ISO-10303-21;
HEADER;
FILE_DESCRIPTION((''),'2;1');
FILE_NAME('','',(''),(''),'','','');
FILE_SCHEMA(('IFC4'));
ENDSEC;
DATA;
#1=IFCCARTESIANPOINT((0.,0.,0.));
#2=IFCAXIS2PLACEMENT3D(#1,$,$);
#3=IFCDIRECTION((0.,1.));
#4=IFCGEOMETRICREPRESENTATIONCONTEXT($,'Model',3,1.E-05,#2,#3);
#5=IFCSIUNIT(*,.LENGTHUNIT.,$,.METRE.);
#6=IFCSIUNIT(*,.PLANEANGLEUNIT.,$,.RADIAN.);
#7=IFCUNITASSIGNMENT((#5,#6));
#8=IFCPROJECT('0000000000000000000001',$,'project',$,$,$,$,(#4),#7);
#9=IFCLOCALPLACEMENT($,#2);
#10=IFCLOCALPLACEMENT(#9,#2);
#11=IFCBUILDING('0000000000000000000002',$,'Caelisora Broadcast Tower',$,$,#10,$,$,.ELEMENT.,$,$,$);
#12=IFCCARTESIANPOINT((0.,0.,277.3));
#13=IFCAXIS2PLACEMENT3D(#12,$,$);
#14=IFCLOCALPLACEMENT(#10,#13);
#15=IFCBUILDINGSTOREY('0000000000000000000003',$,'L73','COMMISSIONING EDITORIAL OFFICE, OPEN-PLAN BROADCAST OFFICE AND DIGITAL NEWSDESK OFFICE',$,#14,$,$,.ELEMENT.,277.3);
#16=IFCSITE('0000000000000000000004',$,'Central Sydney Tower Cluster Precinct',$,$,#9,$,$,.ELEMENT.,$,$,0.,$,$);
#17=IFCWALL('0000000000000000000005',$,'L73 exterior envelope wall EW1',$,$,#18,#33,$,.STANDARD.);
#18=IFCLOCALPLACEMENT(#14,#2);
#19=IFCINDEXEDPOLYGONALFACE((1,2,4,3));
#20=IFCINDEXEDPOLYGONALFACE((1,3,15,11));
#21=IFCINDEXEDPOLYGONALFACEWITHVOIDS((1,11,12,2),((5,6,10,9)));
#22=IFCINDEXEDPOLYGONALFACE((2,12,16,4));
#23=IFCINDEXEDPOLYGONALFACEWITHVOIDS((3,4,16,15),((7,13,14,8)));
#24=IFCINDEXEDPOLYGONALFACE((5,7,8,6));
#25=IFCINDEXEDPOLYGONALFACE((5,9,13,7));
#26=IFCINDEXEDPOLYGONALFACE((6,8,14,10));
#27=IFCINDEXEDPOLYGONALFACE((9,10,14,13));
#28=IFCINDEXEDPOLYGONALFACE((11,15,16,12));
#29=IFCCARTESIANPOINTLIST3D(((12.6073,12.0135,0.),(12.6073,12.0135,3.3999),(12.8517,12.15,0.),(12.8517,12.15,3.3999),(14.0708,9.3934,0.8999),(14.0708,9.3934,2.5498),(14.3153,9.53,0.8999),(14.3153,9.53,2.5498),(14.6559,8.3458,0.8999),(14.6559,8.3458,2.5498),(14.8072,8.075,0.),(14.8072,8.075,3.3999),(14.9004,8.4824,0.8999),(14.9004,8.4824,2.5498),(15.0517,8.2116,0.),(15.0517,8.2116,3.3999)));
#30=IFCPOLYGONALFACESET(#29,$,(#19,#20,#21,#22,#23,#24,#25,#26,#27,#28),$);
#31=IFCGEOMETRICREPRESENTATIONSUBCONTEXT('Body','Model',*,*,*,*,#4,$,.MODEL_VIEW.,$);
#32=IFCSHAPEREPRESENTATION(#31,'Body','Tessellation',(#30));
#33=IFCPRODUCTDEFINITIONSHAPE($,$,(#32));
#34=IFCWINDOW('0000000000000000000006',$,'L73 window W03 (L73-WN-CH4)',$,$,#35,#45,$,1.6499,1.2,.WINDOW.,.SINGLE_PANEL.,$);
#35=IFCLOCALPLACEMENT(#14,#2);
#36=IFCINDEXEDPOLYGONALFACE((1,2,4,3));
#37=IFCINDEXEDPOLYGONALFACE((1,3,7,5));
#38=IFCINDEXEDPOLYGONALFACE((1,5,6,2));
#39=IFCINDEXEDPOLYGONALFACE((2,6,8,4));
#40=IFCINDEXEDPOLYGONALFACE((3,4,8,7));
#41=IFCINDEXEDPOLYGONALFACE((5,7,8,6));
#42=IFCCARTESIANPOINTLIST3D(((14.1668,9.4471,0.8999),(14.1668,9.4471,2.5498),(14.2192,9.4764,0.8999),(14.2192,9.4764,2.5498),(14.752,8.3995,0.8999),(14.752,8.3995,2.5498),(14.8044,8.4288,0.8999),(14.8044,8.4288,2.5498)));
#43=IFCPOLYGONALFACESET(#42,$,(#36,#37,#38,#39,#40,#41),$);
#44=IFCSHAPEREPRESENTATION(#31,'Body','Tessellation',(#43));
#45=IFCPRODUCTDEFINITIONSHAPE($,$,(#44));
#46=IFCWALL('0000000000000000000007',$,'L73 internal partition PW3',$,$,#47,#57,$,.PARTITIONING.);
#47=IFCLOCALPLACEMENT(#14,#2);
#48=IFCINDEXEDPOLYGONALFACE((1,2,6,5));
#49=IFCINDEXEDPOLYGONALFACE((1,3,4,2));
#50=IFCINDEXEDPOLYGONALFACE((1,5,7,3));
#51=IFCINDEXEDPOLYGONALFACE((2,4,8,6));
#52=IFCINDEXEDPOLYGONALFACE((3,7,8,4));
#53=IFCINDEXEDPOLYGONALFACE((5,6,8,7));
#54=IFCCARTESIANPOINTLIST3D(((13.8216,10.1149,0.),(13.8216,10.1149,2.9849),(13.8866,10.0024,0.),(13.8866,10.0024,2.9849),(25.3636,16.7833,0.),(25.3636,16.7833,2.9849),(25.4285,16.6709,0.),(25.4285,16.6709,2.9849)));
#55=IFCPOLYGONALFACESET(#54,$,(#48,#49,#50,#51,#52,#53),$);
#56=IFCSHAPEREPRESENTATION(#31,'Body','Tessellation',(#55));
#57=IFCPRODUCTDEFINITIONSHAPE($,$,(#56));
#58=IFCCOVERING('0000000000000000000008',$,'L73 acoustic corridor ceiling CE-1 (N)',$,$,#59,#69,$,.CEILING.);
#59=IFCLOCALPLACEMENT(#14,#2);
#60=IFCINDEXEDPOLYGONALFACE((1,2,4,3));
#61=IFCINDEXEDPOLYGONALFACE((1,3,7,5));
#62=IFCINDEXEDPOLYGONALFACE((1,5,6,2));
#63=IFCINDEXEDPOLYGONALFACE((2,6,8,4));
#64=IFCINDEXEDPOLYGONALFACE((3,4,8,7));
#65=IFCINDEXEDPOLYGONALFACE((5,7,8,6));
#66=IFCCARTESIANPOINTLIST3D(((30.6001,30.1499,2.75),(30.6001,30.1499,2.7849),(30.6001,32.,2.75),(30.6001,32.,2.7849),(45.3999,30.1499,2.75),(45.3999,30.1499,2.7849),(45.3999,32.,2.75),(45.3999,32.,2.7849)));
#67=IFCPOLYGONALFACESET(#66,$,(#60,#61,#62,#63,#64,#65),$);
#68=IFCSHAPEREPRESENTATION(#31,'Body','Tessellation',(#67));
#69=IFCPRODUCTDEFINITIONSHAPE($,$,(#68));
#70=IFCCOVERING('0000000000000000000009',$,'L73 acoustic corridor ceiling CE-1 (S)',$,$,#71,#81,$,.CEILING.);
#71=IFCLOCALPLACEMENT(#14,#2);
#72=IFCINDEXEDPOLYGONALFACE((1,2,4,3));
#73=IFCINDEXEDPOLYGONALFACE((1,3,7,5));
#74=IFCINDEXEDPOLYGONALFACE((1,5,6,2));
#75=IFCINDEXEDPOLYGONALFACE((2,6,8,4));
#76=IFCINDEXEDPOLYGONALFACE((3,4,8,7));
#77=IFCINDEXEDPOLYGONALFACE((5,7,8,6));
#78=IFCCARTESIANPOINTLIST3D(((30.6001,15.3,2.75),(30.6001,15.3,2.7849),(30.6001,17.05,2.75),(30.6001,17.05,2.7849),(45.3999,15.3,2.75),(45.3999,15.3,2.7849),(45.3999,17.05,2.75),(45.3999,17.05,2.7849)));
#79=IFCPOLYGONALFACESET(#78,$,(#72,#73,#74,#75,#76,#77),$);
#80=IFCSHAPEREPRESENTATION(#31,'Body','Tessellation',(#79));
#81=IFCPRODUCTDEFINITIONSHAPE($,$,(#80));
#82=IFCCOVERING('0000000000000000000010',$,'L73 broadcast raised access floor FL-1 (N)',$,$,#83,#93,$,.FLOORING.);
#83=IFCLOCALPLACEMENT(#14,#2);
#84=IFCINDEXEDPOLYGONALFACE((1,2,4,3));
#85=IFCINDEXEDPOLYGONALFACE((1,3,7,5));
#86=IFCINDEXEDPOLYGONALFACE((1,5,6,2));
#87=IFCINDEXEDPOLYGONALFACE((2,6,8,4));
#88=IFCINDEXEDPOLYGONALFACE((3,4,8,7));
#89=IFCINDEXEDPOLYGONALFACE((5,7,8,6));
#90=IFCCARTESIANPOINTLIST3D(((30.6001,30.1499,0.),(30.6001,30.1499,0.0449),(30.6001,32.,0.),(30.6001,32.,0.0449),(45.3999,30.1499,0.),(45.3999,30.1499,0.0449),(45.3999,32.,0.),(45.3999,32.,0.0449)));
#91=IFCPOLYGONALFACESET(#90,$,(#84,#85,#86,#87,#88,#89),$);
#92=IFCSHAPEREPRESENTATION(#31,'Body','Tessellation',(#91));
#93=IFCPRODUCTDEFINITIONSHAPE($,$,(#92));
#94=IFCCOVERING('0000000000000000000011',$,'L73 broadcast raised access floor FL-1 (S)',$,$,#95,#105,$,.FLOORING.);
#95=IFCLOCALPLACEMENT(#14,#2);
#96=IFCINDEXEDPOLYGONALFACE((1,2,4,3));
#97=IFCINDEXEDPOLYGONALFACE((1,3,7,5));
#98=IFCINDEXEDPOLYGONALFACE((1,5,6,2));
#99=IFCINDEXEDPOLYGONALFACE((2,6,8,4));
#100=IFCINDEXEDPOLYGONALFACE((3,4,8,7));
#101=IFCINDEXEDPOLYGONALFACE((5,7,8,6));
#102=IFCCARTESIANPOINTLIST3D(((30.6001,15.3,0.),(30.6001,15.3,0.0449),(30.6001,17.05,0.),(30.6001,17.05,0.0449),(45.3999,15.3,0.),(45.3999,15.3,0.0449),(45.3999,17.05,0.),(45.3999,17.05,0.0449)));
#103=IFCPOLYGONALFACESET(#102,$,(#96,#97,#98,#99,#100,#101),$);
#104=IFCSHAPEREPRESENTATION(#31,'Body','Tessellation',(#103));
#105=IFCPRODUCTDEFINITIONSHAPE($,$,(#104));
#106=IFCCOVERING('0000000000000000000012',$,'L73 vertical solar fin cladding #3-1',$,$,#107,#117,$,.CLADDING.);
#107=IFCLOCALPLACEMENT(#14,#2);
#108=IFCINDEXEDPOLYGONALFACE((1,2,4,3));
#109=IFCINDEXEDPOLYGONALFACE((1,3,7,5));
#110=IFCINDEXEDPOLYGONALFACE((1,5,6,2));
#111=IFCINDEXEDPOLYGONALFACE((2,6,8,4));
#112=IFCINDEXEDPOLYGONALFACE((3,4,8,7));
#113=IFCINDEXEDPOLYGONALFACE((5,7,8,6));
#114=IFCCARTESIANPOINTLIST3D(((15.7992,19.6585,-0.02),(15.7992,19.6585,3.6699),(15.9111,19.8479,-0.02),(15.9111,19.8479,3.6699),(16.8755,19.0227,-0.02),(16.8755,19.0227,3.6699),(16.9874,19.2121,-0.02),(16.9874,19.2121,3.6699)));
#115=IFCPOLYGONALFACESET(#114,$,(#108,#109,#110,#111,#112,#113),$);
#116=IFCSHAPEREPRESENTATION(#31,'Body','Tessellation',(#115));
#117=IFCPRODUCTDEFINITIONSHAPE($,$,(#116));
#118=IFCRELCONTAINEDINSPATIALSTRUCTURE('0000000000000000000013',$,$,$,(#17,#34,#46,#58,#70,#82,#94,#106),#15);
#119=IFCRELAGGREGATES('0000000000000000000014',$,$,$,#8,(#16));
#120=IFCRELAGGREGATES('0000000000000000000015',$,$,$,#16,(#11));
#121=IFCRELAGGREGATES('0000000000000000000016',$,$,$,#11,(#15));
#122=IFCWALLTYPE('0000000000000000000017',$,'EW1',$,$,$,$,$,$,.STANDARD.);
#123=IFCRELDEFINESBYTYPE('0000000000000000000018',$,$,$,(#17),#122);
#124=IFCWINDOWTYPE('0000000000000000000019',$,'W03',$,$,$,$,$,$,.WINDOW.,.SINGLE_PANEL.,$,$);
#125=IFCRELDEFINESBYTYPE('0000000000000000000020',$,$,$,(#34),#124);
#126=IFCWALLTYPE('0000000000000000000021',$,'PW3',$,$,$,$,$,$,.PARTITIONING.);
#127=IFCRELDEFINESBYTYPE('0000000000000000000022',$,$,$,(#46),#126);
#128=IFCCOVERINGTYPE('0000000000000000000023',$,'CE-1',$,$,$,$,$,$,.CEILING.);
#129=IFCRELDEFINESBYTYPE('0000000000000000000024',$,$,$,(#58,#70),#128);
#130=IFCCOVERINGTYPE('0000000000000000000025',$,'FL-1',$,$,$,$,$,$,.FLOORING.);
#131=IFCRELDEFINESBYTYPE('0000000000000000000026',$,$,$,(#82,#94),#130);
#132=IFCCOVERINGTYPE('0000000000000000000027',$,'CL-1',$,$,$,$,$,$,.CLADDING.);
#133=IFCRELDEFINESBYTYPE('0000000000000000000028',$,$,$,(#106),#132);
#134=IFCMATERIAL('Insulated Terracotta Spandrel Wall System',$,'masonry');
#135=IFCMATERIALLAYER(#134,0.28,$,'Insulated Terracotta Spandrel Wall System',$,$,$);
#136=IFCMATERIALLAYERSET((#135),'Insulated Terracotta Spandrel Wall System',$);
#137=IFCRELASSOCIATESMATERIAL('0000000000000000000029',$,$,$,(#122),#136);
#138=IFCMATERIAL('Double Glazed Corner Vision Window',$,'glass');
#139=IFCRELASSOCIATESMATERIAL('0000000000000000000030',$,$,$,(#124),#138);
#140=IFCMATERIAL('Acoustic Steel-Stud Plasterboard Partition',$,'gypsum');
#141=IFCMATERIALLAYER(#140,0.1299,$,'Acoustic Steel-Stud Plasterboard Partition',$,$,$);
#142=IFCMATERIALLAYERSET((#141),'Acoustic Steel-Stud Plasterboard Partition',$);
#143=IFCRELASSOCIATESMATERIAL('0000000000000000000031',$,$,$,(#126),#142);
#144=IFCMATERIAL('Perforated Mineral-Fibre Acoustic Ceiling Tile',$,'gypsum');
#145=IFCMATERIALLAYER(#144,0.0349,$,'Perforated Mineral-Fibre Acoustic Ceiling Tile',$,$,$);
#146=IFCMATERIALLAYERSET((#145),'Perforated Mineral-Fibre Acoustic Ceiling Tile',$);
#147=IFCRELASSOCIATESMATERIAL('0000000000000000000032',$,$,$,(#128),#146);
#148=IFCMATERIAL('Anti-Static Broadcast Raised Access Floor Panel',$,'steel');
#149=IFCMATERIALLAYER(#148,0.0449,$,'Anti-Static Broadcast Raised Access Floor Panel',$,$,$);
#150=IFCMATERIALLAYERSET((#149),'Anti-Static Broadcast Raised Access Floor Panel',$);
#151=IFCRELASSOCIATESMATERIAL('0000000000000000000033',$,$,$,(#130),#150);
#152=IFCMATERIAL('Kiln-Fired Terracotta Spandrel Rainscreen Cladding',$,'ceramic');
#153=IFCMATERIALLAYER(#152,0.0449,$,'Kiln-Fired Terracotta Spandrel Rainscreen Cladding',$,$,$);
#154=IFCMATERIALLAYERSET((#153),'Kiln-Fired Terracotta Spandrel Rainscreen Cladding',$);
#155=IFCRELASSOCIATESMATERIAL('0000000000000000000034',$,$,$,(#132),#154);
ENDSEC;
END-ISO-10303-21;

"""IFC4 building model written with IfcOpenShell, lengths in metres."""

from ifc_helpers import new_model, si_unit, direction, frame, frame_2d, origin, origin_2d, place, context, subcontext, project, spatial, polyline, rectangle, outline, extrude, source, transform, mapped, material, layer, layer_set, type_object, type_shapes, element, fill, save


model = new_model("IFC4")

# Units and contexts
model_context = context("Model", 3, precision=1e-05, world=origin(), true_north=direction((0.0, 1.0)))
body_context = subcontext(model_context, "Body", "Model", "MODEL_VIEW")
ifc_project = project(units=[si_unit("LENGTHUNIT", "METRE"), si_unit("PLANEANGLEUNIT", "RADIAN")], contexts=[model_context])

# Site, building, storey
site_placement = place(None, origin())
site = spatial("IfcSite", under=ifc_project, at=site_placement, Name="Central Sydney Tower Cluster Precinct", CompositionType="ELEMENT", RefElevation=0.0)
building_placement = place(site_placement, origin())
building = spatial("IfcBuilding", under=site, at=building_placement, Name="Caelisora Broadcast Tower", CompositionType="ELEMENT")
storey_placement = place(building_placement, frame((0.0, 0.0, 277.3)))
storey = spatial("IfcBuildingStorey", under=building, at=storey_placement, Name="L73", Description="COMMISSIONING EDITORIAL OFFICE, OPEN-PLAN BROADCAST OFFICE AND DIGITAL NEWSDESK OFFICE", CompositionType="ELEMENT", Elevation=277.3)

# Wall, opening, window
ifc_material_1 = material(Name="Insulated Terracotta Spandrel Wall System", Category="masonry")
ifc_layer_1 = layer(ifc_material_1, 0.28, Name="Insulated Terracotta Spandrel Wall System")
ifc_layer_set_1 = layer_set([ifc_layer_1], Name="Insulated Terracotta Spandrel Wall System")
wall_type_1 = type_object("IfcWallType", Name="EW1", PredefinedType="STANDARD", material=ifc_layer_set_1)
wall_1_placement = place(storey_placement, frame((14.9294, 8.1433, 0.0), z_axis=(0.0, 0.0, 1.0), x_axis=(-0.487659, 0.873034, 0.0)))
wall_1 = element("IfcWall", 1, at=wall_1_placement, inside=storey, type_object=wall_type_1, Name="L73 exterior envelope wall EW1", PredefinedType="STANDARD", context=body_context, shape_type="SweptSolid", body=[
    extrude(rectangle(XDim=4.5112, YDim=0.28, at=frame_2d((2.2556, 0.0))), origin(), (0.0, 0.0, 1.0), 3.3999),
])
opening_placement = place(wall_1_placement, frame((0.3101, 0.0, 0.8999)))
opening = element("IfcOpeningElement", 2, at=opening_placement, cuts=wall_1, PredefinedType="OPENING", context=body_context, shape_type="SweptSolid", body=[
    extrude(rectangle(XDim=1.2, YDim=1.6499, at=frame_2d((0.6001, 0.825))), frame((0.0, 0.1521, 0.0), z_axis=(0.0, -1.0, 0.0), x_axis=(1.0, 0.0, 0.0)), (0.0, 0.0, 1.0), 0.304),
])
ifc_material_2 = material(Name="Double Glazed Corner Vision Window", Category="glass")
window_type = type_object("IfcWindowType", Name="W03", PartitioningType="SINGLE_PANEL", PredefinedType="WINDOW", material=ifc_material_2)
window_placement = place(opening_placement, origin())
window = element("IfcWindow", 3, at=window_placement, inside=storey, type_object=window_type, Name="L73 window W03 (L73-WN-CH4)", OverallHeight=1.6499, OverallWidth=1.2, PartitioningType="SINGLE_PANEL", PredefinedType="WINDOW", context=body_context, shape_type="SweptSolid", body=[
    extrude(rectangle(XDim=1.2, YDim=1.6499, at=frame_2d((0.6001, 0.825))), frame((0.0, 0.03, 0.0), z_axis=(0.0, -1.0, 0.0), x_axis=(1.0, 0.0, 0.0)), (0.0, 0.0, 1.0), 0.0601),
])
fill(opening, window)

# Wall
ifc_material_3 = material(Name="Acoustic Steel-Stud Plasterboard Partition", Category="gypsum")
ifc_layer_2 = layer(ifc_material_3, 0.1299, Name="Acoustic Steel-Stud Plasterboard Partition")
ifc_layer_set_2 = layer_set([ifc_layer_2], Name="Acoustic Steel-Stud Plasterboard Partition")
wall_type_2 = type_object("IfcWallType", Name="PW3", PredefinedType="PARTITIONING", material=ifc_layer_set_2)
wall_2_placement = place(storey_placement, frame((13.854, 10.0586, 0.0), z_axis=(0.0, 0.0, 1.0), x_axis=(0.865873, 0.500264, 0.0)))
element("IfcWall", 4, at=wall_2_placement, inside=storey, type_object=wall_type_2, Name="L73 internal partition PW3", PredefinedType="PARTITIONING", context=body_context, shape_type="SweptSolid", body=[
    extrude(rectangle(XDim=13.3298, YDim=0.1299, at=frame_2d((6.665, 0.0))), origin(), (0.0, 0.0, 1.0), 2.9849),
])

# Coverings
ifc_material_4 = material(Name="Perforated Mineral-Fibre Acoustic Ceiling Tile", Category="gypsum")
ifc_layer_3 = layer(ifc_material_4, 0.0349, Name="Perforated Mineral-Fibre Acoustic Ceiling Tile")
ifc_layer_set_3 = layer_set([ifc_layer_3], Name="Perforated Mineral-Fibre Acoustic Ceiling Tile")
covering_type_1 = type_object("IfcCoveringType", Name="CE-1", PredefinedType="CEILING", material=ifc_layer_set_3)
covering_1_placement = place(storey_placement, frame((0.0, 0.0, 2.75)))
element("IfcCovering", 5, at=covering_1_placement, inside=storey, type_object=covering_type_1, Name="L73 acoustic corridor ceiling CE-1 (N)", PredefinedType="CEILING", context=body_context, shape_type="SweptSolid", body=[
    extrude(outline(polyline([(30.6001, 30.1499), (45.3999, 30.1499), (45.3999, 32.0), (30.6001, 32.0), (30.6001, 30.1499)])), origin(), (0.0, 0.0, 1.0), 0.0349),
])
covering_2_placement = place(storey_placement, frame((0.0, 0.0, 2.75)))
element("IfcCovering", 6, at=covering_2_placement, inside=storey, type_object=covering_type_1, Name="L73 acoustic corridor ceiling CE-1 (S)", PredefinedType="CEILING", context=body_context, shape_type="SweptSolid", body=[
    extrude(outline(polyline([(30.6001, 15.3), (45.3999, 15.3), (45.3999, 17.05), (30.6001, 17.05), (30.6001, 15.3)])), origin(), (0.0, 0.0, 1.0), 0.0349),
])
ifc_material_5 = material(Name="Anti-Static Broadcast Raised Access Floor Panel", Category="steel")
ifc_layer_4 = layer(ifc_material_5, 0.0449, Name="Anti-Static Broadcast Raised Access Floor Panel")
ifc_layer_set_4 = layer_set([ifc_layer_4], Name="Anti-Static Broadcast Raised Access Floor Panel")
covering_type_2 = type_object("IfcCoveringType", Name="FL-1", PredefinedType="FLOORING", material=ifc_layer_set_4)
covering_3_placement = place(storey_placement, origin())
element("IfcCovering", 7, at=covering_3_placement, inside=storey, type_object=covering_type_2, Name="L73 broadcast raised access floor FL-1 (N)", PredefinedType="FLOORING", context=body_context, shape_type="SweptSolid", body=[
    extrude(outline(polyline([(30.6001, 30.1499), (45.3999, 30.1499), (45.3999, 32.0), (30.6001, 32.0), (30.6001, 30.1499)])), origin(), (0.0, 0.0, 1.0), 0.0449),
])
covering_4_placement = place(storey_placement, origin())
element("IfcCovering", 8, at=covering_4_placement, inside=storey, type_object=covering_type_2, Name="L73 broadcast raised access floor FL-1 (S)", PredefinedType="FLOORING", context=body_context, shape_type="SweptSolid", body=[
    extrude(outline(polyline([(30.6001, 15.3), (45.3999, 15.3), (45.3999, 17.05), (30.6001, 17.05), (30.6001, 15.3)])), origin(), (0.0, 0.0, 1.0), 0.0449),
])
ifc_material_6 = material(Name="Kiln-Fired Terracotta Spandrel Rainscreen Cladding", Category="ceramic")
ifc_layer_5 = layer(ifc_material_6, 0.0449, Name="Kiln-Fired Terracotta Spandrel Rainscreen Cladding")
ifc_layer_set_5 = layer_set([ifc_layer_5], Name="Kiln-Fired Terracotta Spandrel Rainscreen Cladding")
covering_type_3 = type_object("IfcCoveringType", Name="CL-1", PredefinedType="CLADDING", material=ifc_layer_set_5)
shared_shape_1 = source(origin(), body_context, "Body", "SweptSolid", [
    extrude(rectangle(XDim=0.22, YDim=1.25, at=origin_2d()), origin(), (0.0, 0.0, 1.0), 3.6899),
])
type_shapes(covering_type_3, [shared_shape_1])
covering_5_placement = place(storey_placement, frame((16.3933, 19.4353, -0.02), z_axis=(0.0, 0.0, 1.0), x_axis=(0.508591, 0.861008, 0.0)))
element("IfcCovering", 9, at=covering_5_placement, inside=storey, type_object=covering_type_3, Name="L73 vertical solar fin cladding #3-1", PredefinedType="CLADDING", context=body_context, shape_type="MappedRepresentation", body=[
    mapped(shared_shape_1, transform((0.0, 0.0, 0.0), scale=1.0)),
])

save(model, "model.ifc")
